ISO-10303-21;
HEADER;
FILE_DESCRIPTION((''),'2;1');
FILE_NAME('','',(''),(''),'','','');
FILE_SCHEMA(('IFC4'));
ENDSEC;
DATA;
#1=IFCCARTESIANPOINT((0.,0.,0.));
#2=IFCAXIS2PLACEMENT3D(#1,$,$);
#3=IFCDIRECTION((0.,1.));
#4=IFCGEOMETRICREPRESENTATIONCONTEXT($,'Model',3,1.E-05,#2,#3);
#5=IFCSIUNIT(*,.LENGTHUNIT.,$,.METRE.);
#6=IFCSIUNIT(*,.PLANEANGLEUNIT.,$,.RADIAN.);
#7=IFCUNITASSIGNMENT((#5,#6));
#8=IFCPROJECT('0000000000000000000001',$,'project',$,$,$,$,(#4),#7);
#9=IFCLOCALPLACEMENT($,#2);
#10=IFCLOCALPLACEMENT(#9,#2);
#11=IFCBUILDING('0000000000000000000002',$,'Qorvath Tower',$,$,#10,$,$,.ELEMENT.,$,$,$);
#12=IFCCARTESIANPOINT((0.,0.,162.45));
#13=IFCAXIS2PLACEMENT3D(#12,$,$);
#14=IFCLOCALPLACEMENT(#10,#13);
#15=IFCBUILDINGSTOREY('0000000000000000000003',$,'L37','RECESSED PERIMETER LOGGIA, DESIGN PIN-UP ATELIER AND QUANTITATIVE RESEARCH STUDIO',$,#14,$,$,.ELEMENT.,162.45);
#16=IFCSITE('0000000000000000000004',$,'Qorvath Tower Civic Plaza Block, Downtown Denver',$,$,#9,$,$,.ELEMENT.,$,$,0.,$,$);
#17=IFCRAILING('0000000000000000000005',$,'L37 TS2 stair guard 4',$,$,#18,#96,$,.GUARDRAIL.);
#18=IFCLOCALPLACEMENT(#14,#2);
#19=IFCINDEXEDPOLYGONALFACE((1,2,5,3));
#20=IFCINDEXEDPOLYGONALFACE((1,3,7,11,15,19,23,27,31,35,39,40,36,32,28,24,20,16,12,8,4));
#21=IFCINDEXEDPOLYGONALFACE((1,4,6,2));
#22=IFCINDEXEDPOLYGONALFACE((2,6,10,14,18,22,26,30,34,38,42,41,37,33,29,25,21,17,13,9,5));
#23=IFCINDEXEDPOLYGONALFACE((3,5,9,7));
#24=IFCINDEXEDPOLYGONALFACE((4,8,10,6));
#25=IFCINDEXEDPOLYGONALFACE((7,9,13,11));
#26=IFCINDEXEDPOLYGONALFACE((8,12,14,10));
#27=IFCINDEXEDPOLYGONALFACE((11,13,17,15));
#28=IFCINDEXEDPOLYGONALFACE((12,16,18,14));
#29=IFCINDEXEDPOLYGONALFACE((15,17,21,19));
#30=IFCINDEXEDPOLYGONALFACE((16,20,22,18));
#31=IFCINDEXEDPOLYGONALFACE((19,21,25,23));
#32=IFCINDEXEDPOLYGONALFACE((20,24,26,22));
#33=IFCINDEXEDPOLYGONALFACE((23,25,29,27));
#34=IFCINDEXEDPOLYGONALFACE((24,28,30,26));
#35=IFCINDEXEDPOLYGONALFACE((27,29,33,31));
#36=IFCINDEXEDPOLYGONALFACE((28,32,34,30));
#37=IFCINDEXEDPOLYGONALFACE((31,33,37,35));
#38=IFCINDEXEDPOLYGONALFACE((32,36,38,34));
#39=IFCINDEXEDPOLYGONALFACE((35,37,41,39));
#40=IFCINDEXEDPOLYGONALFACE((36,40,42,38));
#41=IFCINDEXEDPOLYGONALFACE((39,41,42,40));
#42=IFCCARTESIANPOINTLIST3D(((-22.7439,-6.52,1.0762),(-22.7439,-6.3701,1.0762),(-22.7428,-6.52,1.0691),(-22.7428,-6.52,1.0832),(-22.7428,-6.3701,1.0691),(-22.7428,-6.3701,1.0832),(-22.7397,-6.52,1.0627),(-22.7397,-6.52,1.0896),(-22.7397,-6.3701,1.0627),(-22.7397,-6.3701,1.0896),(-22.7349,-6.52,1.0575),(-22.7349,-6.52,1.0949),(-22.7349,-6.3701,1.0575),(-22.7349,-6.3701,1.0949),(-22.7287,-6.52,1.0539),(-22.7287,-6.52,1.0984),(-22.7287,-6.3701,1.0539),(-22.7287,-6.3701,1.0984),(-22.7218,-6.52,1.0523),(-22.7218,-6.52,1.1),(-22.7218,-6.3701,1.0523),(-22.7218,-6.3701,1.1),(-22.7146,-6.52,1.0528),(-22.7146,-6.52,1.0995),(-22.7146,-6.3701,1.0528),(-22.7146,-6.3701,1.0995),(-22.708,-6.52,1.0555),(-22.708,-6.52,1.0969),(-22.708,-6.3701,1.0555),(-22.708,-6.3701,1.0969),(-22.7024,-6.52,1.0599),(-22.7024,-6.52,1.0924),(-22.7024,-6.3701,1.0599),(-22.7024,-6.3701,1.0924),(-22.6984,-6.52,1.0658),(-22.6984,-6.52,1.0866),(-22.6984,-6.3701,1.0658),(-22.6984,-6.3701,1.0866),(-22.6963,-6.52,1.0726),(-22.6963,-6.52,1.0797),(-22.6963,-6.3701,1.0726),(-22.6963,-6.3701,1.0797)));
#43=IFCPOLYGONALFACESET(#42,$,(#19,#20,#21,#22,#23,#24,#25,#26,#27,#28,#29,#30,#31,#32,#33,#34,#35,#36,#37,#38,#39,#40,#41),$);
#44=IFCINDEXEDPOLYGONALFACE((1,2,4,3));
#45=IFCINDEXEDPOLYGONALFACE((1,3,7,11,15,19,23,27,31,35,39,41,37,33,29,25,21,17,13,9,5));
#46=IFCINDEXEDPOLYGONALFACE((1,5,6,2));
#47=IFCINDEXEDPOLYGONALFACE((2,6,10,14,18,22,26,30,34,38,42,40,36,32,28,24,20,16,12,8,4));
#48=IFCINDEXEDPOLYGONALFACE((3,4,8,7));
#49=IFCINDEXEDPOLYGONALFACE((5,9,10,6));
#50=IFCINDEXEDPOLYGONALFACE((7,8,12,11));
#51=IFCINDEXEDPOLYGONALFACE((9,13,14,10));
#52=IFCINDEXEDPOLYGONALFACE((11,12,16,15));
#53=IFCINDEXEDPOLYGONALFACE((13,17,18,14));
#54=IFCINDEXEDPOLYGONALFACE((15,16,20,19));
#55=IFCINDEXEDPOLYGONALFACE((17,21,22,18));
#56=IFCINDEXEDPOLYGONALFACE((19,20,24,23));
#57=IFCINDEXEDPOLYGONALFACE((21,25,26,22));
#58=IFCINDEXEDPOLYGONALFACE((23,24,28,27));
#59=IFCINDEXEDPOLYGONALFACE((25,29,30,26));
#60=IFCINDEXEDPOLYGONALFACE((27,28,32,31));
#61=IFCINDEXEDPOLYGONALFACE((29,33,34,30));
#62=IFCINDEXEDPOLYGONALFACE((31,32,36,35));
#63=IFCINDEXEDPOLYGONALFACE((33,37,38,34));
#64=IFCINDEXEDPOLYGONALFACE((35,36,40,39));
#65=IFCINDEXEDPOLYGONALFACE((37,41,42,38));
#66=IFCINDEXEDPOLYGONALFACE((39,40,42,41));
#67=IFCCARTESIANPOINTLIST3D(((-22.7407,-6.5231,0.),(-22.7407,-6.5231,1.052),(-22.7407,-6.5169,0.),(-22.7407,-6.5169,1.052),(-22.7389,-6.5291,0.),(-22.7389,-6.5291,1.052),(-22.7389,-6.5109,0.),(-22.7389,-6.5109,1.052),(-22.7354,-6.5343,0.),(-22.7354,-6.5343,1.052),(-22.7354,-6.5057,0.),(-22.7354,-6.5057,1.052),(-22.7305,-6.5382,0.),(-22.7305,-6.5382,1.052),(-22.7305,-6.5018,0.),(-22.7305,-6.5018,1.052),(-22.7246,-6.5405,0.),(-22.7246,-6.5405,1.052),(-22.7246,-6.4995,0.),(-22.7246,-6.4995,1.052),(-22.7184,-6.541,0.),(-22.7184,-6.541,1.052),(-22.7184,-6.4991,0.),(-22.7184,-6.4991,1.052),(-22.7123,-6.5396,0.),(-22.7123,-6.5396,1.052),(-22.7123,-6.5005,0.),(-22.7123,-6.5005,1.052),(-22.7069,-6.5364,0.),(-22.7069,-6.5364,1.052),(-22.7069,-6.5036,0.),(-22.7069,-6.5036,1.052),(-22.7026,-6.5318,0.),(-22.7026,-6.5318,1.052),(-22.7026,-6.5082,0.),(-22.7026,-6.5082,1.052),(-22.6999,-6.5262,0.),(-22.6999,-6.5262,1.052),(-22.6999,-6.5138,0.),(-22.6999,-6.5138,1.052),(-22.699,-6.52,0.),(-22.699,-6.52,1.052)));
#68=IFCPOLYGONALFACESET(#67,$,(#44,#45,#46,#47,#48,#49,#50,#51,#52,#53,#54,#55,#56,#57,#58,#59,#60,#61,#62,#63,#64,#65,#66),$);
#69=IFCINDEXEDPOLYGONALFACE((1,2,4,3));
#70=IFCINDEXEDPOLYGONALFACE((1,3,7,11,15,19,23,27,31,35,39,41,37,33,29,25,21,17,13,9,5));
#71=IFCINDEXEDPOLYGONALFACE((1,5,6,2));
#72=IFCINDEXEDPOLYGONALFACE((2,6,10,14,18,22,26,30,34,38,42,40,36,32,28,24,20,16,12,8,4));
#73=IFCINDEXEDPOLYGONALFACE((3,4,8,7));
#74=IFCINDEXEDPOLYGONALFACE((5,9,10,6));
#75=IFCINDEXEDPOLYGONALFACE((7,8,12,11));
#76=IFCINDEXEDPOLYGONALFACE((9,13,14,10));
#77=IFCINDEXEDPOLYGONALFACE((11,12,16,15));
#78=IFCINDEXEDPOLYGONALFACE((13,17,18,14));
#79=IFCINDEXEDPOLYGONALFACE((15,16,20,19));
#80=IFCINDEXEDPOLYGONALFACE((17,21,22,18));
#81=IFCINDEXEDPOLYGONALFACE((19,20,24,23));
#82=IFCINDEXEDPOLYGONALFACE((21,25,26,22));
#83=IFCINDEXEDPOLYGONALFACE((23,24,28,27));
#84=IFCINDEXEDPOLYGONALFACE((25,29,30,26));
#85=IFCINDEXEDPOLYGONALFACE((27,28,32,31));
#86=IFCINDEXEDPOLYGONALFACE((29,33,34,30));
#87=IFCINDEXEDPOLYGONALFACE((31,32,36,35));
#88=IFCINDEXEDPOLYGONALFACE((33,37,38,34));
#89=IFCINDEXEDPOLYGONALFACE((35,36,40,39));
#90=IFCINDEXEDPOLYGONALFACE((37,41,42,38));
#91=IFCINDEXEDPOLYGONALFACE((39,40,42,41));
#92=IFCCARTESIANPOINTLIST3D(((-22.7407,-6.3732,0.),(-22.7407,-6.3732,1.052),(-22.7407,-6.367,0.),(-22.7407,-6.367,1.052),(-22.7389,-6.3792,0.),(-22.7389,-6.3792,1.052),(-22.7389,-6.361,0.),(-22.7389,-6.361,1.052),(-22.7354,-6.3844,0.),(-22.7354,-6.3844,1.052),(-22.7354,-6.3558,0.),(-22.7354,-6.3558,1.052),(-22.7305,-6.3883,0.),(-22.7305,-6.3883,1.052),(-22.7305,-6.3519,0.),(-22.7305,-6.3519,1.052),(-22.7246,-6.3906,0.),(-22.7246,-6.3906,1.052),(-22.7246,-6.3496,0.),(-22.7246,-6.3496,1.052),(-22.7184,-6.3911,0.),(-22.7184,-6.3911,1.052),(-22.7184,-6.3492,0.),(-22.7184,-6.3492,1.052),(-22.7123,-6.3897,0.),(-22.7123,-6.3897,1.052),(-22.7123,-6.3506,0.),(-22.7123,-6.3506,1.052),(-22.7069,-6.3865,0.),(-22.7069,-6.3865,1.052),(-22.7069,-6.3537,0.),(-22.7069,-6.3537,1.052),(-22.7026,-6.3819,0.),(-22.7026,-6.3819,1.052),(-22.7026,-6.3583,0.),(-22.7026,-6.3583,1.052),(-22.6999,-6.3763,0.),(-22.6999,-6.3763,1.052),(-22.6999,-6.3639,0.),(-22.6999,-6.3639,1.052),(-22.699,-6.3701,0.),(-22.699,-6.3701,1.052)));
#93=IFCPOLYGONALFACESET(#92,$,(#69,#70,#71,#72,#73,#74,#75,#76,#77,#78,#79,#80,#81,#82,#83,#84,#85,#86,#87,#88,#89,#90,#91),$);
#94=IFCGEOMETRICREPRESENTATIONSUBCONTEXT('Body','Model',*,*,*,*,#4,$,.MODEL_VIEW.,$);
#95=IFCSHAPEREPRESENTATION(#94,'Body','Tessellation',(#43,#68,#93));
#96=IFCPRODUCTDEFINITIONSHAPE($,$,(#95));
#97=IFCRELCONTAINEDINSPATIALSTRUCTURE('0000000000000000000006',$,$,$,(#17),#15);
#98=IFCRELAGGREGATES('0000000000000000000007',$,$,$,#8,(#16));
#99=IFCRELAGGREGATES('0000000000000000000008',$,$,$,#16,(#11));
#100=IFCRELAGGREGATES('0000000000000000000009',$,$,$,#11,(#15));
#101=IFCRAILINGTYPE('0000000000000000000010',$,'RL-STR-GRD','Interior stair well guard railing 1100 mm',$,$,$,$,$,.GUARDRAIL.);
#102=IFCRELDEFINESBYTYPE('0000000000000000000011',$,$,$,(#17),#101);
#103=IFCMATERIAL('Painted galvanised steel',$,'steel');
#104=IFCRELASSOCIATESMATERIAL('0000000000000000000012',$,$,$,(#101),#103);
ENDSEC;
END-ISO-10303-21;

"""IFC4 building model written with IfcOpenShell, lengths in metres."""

from ifc_helpers import new_model, si_unit, direction, frame, origin, origin_2d, place, context, subcontext, project, spatial, circle, extrude, material, type_object, element, save


model = new_model("IFC4")

# Units and contexts
model_context = context("Model", 3, precision=1e-05, world=origin(), true_north=direction((0.0, 1.0)))
body_context = subcontext(model_context, "Body", "Model", "MODEL_VIEW")
ifc_project = project(units=[si_unit("LENGTHUNIT", "METRE"), si_unit("PLANEANGLEUNIT", "RADIAN")], contexts=[model_context])

# Site, building, storey
site_placement = place(None, origin())
site = spatial("IfcSite", under=ifc_project, at=site_placement, Name="Qorvath Tower Civic Plaza Block, Downtown Denver", CompositionType="ELEMENT", RefElevation=0.0)
building_placement = place(site_placement, origin())
building = spatial("IfcBuilding", under=site, at=building_placement, Name="Qorvath Tower", CompositionType="ELEMENT")
storey_placement = place(building_placement, frame((0.0, 0.0, 162.45)))
storey = spatial("IfcBuildingStorey", under=building, at=storey_placement, Name="L37", Description="RECESSED PERIMETER LOGGIA, DESIGN PIN-UP ATELIER AND QUANTITATIVE RESEARCH STUDIO", CompositionType="ELEMENT", Elevation=162.45)

# Railing
ifc_material_1 = material(Name="Painted galvanised steel", Category="steel")
railing_type_1 = type_object("IfcRailingType", Name="RL-STR-GRD", Description="Interior stair well guard railing 1100 mm", PredefinedType="GUARDRAIL", material=ifc_material_1)
railing_1_placement = place(storey_placement, frame((-22.72, -6.52, 0.0)))
element("IfcRailing", 1, at=railing_1_placement, inside=storey, type_object=railing_type_1, Name="L37 TS2 stair guard 4", PredefinedType="GUARDRAIL", context=body_context, shape_type="SweptSolid", body=[
    extrude(circle(Radius=0.0239, at=origin_2d()), frame((0.0, 0.0, 1.0762), z_axis=(0.0, 1.0, 0.0), x_axis=(-1.0, 0.0, 0.0)), (0.0, 0.0, 1.0), 0.1499),
    extrude(circle(Radius=0.021, at=origin_2d()), origin(), (0.0, 0.0, 1.0), 1.052),
    extrude(circle(Radius=0.021, at=origin_2d()), frame((0.0, 0.1499, 0.0)), (0.0, 0.0, 1.0), 1.052),
])

save(model, "model.ifc")
